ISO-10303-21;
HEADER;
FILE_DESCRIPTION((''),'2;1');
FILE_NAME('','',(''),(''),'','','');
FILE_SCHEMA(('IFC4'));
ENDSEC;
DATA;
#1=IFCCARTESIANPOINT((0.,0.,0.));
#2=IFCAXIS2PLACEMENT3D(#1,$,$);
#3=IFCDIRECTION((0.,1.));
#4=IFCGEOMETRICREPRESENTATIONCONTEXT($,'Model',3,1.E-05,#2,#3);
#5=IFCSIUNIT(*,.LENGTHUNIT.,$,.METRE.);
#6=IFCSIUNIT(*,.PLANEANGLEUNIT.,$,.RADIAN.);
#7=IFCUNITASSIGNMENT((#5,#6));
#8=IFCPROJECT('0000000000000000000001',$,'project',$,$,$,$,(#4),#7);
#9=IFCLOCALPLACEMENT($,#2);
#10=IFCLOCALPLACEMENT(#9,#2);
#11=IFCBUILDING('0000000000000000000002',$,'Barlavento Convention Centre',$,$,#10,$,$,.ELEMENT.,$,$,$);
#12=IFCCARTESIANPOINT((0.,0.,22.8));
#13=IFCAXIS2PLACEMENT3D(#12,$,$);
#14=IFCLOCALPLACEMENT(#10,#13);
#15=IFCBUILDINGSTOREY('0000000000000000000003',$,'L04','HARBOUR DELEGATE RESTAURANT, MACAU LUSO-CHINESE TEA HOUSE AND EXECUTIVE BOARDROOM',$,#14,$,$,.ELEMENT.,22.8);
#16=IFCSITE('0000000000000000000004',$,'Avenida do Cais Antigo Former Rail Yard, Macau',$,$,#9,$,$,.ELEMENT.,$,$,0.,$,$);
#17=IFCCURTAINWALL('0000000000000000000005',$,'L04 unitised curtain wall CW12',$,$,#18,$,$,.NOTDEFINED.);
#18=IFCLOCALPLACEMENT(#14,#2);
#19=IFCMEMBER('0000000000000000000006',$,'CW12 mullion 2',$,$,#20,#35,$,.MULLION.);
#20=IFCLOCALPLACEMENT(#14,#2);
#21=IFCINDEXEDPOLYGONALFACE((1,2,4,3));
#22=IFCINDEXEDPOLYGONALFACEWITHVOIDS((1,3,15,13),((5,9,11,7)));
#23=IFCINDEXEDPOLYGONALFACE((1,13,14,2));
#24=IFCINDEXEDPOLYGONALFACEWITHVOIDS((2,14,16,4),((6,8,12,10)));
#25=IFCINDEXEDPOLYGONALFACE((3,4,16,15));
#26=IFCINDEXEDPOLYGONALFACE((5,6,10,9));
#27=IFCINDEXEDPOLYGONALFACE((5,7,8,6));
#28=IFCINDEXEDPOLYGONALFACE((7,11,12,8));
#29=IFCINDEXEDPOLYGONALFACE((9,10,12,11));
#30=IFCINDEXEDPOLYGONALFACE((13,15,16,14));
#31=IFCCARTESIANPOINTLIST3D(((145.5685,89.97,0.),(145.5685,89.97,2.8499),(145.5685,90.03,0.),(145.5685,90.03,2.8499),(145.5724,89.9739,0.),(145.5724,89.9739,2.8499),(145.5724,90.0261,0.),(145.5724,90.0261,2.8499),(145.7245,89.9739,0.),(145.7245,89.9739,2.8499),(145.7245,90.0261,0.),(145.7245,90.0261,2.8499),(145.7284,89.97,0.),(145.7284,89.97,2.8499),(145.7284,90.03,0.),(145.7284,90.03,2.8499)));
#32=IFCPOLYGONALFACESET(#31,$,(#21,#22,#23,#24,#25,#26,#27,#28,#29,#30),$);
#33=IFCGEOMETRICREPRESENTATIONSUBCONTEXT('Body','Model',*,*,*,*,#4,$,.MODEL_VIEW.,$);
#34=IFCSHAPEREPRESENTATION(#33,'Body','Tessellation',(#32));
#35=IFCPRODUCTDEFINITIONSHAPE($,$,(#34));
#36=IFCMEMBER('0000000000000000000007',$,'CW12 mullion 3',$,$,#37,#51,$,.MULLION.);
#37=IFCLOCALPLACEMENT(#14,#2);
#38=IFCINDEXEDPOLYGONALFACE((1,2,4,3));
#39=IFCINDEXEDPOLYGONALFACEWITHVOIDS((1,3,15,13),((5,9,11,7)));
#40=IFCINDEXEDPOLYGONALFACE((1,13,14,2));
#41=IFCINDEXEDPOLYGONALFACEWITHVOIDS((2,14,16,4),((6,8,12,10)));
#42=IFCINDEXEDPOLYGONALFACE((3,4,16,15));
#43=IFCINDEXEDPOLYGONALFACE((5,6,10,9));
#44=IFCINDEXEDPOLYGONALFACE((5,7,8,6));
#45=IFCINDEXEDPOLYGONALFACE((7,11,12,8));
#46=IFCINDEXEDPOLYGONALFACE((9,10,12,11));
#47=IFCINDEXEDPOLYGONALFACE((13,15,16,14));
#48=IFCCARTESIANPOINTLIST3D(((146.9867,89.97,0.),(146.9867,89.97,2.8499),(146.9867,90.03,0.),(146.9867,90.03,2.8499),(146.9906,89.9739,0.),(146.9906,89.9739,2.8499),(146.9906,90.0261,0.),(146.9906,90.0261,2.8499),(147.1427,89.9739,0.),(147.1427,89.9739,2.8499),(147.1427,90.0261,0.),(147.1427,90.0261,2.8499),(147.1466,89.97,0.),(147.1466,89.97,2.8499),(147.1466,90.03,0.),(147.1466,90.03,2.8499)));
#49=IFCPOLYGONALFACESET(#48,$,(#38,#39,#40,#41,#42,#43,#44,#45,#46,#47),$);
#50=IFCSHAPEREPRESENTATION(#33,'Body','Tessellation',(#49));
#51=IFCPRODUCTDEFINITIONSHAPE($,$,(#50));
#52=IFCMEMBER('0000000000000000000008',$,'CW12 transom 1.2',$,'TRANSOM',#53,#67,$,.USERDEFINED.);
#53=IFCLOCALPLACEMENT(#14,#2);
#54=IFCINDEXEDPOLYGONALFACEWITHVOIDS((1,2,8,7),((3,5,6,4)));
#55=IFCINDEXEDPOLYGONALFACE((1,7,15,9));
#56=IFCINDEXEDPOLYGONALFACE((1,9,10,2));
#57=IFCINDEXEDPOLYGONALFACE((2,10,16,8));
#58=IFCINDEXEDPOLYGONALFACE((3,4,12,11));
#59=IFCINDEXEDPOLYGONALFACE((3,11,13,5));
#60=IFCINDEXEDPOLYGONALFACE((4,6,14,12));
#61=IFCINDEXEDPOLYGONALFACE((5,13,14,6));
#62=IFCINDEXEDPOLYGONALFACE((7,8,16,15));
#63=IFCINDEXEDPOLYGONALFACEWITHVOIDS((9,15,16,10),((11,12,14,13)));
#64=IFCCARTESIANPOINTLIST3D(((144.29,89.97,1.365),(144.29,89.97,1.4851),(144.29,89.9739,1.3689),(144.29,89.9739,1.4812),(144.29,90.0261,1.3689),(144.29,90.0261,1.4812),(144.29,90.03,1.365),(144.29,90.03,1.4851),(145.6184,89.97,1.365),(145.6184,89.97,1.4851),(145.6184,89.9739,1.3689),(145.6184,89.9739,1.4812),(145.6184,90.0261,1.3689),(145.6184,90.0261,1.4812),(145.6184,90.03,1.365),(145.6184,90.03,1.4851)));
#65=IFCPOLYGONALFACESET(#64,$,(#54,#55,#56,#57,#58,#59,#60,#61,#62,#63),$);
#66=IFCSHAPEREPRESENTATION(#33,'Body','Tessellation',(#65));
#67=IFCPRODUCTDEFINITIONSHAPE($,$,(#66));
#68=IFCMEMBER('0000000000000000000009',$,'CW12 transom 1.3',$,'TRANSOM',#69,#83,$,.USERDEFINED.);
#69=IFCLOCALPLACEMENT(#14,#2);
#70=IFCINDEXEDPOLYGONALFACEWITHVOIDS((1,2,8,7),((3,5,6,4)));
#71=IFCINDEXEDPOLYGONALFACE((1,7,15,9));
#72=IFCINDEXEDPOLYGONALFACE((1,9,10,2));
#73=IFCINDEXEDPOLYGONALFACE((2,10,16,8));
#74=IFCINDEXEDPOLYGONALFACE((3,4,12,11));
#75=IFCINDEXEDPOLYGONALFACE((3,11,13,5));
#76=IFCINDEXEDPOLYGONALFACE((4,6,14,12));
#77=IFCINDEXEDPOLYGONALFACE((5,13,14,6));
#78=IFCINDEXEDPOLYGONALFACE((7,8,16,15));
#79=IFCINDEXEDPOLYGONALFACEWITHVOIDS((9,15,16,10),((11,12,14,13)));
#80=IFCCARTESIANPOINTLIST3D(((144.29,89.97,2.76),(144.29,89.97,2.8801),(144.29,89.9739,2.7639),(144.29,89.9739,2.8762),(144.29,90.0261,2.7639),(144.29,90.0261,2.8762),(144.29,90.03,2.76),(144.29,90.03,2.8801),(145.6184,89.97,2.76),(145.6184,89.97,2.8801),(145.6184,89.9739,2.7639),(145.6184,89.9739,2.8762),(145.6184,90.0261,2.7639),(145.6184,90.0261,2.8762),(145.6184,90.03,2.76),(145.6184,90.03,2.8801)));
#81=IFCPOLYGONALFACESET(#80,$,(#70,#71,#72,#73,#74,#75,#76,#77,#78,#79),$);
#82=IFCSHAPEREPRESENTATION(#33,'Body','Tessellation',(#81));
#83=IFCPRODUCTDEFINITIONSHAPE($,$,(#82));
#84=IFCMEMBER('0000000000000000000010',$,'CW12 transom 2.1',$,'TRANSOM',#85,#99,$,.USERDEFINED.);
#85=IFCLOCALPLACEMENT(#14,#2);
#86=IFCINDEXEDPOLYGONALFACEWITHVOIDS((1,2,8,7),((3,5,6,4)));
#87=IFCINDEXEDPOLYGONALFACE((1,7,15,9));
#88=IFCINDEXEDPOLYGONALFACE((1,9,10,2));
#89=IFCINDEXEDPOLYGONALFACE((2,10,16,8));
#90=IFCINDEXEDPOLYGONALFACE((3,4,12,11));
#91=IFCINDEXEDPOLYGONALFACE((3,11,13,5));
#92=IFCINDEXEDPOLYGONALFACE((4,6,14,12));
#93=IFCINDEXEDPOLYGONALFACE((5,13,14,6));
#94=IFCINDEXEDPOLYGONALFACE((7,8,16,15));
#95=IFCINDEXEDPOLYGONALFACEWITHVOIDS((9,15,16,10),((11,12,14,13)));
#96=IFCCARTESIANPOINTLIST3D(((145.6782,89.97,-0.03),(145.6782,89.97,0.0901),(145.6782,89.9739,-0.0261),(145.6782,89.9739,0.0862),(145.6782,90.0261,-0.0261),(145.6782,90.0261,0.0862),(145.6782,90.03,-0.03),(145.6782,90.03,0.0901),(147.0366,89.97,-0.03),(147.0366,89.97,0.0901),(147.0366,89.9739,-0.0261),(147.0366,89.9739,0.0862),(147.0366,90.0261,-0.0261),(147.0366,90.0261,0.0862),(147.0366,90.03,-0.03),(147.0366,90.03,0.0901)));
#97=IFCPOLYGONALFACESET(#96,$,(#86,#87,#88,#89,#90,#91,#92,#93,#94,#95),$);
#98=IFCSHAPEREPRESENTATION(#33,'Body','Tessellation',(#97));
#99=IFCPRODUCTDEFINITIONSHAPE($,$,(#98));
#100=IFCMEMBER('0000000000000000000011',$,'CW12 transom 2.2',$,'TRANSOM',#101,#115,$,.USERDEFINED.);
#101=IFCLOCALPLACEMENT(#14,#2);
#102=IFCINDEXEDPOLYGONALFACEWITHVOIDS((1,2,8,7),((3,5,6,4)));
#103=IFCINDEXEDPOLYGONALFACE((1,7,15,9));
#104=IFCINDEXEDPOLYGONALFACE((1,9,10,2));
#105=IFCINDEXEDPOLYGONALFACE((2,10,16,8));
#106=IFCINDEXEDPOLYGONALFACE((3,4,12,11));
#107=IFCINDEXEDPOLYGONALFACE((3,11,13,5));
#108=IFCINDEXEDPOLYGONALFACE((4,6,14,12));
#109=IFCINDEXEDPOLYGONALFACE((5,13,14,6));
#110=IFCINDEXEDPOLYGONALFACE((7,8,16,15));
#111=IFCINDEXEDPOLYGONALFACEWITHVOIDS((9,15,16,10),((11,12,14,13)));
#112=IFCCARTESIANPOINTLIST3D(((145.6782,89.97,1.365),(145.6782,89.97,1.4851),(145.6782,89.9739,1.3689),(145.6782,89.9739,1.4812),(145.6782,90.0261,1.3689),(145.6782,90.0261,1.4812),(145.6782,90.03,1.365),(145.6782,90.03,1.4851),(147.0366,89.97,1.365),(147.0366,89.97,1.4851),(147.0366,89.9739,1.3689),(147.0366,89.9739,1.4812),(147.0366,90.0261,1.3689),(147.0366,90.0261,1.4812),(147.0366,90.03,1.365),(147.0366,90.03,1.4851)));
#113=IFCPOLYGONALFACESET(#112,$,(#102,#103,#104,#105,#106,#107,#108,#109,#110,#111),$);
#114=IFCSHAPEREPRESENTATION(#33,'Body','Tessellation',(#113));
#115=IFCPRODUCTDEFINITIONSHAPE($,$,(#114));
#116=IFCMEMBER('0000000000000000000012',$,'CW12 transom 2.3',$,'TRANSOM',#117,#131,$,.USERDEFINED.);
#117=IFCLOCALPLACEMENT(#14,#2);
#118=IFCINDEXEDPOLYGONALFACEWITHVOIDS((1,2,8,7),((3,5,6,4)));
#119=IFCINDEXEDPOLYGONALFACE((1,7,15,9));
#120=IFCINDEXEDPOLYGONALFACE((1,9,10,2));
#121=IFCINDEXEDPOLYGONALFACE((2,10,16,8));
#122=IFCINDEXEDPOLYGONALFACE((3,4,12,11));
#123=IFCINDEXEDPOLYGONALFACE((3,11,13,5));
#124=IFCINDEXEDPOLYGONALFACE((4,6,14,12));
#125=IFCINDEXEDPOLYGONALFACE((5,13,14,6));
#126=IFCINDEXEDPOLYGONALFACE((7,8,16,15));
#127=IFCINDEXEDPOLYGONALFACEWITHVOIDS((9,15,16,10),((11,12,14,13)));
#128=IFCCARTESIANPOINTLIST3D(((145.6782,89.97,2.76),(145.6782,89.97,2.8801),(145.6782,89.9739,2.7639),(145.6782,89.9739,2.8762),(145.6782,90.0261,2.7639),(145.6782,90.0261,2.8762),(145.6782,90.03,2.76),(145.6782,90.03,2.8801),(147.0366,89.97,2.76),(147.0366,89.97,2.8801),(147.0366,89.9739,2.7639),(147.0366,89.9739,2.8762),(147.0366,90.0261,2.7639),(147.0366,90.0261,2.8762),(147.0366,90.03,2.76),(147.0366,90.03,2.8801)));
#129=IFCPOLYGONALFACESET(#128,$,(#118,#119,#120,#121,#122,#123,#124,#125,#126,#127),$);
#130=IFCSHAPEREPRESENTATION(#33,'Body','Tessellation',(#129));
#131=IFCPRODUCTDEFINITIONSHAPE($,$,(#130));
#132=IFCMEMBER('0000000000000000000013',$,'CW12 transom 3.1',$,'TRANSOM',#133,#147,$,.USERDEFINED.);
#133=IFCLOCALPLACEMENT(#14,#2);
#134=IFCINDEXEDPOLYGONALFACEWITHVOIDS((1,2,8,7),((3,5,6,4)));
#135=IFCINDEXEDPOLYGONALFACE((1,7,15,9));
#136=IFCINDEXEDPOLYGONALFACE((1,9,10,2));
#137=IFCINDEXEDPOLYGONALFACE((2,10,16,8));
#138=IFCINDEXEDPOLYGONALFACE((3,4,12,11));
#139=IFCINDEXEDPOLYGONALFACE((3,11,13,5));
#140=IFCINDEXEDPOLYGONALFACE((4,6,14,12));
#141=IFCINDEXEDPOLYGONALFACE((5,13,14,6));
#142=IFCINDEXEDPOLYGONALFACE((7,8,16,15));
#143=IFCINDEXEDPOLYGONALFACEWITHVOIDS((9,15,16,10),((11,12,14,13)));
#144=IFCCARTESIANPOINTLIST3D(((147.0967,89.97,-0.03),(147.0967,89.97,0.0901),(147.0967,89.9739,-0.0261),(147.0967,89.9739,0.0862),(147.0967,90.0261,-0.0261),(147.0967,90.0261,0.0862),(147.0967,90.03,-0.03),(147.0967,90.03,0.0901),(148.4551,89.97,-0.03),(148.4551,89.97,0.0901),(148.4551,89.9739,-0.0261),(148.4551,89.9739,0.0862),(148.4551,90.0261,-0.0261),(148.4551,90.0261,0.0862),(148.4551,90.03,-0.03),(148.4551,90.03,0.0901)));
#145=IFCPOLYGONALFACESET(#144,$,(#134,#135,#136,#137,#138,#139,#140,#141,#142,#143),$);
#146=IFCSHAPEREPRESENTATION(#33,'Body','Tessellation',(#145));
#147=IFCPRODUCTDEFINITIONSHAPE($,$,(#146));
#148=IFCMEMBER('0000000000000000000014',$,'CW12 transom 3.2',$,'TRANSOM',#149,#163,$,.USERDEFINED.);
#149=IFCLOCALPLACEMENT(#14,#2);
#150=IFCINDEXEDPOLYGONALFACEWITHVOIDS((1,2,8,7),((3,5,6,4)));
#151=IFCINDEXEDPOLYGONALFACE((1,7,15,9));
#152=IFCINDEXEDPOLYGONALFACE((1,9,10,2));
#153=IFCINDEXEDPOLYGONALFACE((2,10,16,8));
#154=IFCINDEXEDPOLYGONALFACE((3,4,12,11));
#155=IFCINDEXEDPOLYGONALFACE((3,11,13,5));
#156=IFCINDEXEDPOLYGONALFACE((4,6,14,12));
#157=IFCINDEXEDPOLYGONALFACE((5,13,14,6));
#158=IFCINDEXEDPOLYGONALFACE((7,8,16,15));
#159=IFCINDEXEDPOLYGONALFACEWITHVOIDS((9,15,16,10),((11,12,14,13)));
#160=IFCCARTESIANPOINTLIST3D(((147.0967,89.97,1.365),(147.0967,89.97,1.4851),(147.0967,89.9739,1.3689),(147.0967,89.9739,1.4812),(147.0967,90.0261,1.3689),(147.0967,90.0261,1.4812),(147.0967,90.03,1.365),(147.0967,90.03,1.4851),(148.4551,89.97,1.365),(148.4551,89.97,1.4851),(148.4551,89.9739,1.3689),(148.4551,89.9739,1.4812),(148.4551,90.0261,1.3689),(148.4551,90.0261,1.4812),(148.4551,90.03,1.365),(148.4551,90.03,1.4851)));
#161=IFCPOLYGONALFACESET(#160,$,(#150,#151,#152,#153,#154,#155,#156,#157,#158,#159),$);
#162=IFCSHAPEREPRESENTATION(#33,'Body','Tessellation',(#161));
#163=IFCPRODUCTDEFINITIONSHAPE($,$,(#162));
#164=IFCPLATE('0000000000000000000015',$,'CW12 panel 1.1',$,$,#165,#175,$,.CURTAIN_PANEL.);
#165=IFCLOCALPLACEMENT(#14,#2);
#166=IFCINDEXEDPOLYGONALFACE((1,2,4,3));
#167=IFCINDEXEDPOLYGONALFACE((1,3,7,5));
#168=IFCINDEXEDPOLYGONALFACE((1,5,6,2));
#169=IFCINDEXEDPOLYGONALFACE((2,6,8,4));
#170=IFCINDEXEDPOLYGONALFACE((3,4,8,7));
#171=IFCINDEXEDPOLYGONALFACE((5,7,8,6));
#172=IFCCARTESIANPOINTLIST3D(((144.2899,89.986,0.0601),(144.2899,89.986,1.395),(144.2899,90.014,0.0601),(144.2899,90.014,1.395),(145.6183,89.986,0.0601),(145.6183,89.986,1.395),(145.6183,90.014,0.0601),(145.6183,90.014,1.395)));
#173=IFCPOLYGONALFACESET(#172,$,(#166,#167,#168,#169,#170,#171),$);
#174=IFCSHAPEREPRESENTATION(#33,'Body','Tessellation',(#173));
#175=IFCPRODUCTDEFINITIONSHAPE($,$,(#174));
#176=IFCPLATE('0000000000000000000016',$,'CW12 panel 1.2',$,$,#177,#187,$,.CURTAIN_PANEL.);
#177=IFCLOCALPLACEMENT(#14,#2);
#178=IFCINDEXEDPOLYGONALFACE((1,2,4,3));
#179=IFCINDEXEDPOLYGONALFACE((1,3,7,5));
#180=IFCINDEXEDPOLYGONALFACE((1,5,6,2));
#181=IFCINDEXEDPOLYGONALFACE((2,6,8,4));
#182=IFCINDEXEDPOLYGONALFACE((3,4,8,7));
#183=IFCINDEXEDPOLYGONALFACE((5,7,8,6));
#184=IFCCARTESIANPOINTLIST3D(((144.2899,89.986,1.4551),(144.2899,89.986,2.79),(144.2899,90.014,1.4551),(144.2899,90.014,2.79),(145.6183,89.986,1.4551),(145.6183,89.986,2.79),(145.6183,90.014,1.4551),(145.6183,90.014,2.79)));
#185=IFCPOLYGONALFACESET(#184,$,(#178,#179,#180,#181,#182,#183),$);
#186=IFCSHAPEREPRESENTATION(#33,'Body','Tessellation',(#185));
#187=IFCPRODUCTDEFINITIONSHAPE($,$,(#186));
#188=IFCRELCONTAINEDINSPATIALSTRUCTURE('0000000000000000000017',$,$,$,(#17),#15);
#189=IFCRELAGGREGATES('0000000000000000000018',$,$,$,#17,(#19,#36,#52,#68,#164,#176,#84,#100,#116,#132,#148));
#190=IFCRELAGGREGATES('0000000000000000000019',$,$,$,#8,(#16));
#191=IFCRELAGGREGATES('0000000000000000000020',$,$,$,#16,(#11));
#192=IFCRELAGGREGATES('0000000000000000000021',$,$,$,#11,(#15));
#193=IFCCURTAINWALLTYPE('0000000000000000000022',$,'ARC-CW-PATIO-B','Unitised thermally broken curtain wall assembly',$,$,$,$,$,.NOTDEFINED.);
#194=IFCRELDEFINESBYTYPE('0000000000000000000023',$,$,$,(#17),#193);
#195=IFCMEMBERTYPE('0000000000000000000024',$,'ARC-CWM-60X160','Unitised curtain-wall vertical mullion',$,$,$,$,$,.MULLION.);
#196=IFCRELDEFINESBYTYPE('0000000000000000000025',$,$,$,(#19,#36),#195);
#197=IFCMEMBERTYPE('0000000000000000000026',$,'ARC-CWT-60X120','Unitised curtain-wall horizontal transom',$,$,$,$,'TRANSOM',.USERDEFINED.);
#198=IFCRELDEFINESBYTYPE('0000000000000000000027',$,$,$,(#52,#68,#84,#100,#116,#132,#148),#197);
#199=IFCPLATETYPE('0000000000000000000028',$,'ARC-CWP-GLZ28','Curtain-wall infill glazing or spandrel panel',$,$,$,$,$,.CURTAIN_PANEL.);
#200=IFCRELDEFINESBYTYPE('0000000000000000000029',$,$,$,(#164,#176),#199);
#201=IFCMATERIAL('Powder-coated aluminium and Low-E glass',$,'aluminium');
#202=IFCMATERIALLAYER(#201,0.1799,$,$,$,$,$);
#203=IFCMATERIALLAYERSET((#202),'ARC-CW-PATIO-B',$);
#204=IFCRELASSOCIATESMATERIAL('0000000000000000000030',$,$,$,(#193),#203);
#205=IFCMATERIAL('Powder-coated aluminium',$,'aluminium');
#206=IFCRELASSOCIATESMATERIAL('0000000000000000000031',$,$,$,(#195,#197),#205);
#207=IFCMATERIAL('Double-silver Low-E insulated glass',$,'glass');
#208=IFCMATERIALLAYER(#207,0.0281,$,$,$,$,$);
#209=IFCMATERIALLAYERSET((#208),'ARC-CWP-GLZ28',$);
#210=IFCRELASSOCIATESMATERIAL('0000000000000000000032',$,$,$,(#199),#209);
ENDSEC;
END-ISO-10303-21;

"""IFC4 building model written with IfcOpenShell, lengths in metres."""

from ifc_helpers import new_model, si_unit, direction, frame, origin, origin_2d, place, context, subcontext, project, spatial, rectangle, hollow_rectangle, extrude, material, layer, layer_set, material_profile, profile_set, type_object, element, aggregate, save


model = new_model("IFC4")

# Units and contexts
model_context = context("Model", 3, precision=1e-05, world=origin(), true_north=direction((0.0, 1.0)))
body_context = subcontext(model_context, "Body", "Model", "MODEL_VIEW")
ifc_project = project(units=[si_unit("LENGTHUNIT", "METRE"), si_unit("PLANEANGLEUNIT", "RADIAN")], contexts=[model_context])

# Site, building, storey
site_placement = place(None, origin())
site = spatial("IfcSite", under=ifc_project, at=site_placement, Name="Avenida do Cais Antigo Former Rail Yard, Macau", CompositionType="ELEMENT", RefElevation=0.0)
building_placement = place(site_placement, origin())
building = spatial("IfcBuilding", under=site, at=building_placement, Name="Barlavento Convention Centre", CompositionType="ELEMENT")
storey_placement = place(building_placement, frame((0.0, 0.0, 22.8)))
storey = spatial("IfcBuildingStorey", under=building, at=storey_placement, Name="L04", Description="HARBOUR DELEGATE RESTAURANT, MACAU LUSO-CHINESE TEA HOUSE AND EXECUTIVE BOARDROOM", CompositionType="ELEMENT", Elevation=22.8)

# Curtain wall, members, plates
ifc_material_1 = material(Name="Powder-coated aluminium and Low-E glass", Category="aluminium")
ifc_layer_1 = layer(ifc_material_1, 0.1799)
ifc_layer_set_1 = layer_set([ifc_layer_1], Name="ARC-CW-PATIO-B")
curtain_wall_type = type_object("IfcCurtainWallType", Name="ARC-CW-PATIO-B", Description="Unitised thermally broken curtain wall assembly", PredefinedType="NOTDEFINED", material=ifc_layer_set_1)
curtain_wall_placement = place(storey_placement, origin())
curtain_wall = element("IfcCurtainWall", 1, at=curtain_wall_placement, inside=storey, type_object=curtain_wall_type, Name="L04 unitised curtain wall CW12", PredefinedType="NOTDEFINED")
ifc_material_2 = material(Name="Powder-coated aluminium", Category="aluminium")
ifc_material_profile_1 = material_profile(ifc_material_2, hollow_rectangle(XDim=0.0601, YDim=0.1599, WallThickness=0.0039, at=origin_2d()), Name="AL-MULL 60x160x4")
ifc_profile_set_1 = profile_set([ifc_material_profile_1], Name="Powder-coated aluminium")
member_type_1 = type_object("IfcMemberType", Name="ARC-CWM-60X160", Description="Unitised curtain-wall vertical mullion", PredefinedType="MULLION", material=ifc_profile_set_1)
member_1_placement = place(storey_placement, frame((145.6484, 90.0, 0.0), z_axis=(0.0, 0.0, 1.0), x_axis=(0.0, 1.0, 0.0)))
member_1 = element("IfcMember", 2, at=member_1_placement, type_object=member_type_1, Name="CW12 mullion 2", PredefinedType="MULLION", context=body_context, shape_type="SweptSolid", body=[
    extrude(hollow_rectangle(XDim=0.0601, YDim=0.1599, WallThickness=0.0039, at=origin_2d()), origin(), (0.0, 0.0, 1.0), 2.8499),
])
member_2_placement = place(storey_placement, frame((147.0667, 90.0, 0.0), z_axis=(0.0, 0.0, 1.0), x_axis=(0.0, 1.0, 0.0)))
member_2 = element("IfcMember", 3, at=member_2_placement, type_object=member_type_1, Name="CW12 mullion 3", PredefinedType="MULLION", context=body_context, shape_type="SweptSolid", body=[
    extrude(hollow_rectangle(XDim=0.0601, YDim=0.1599, WallThickness=0.0039, at=origin_2d()), origin(), (0.0, 0.0, 1.0), 2.8499),
])
ifc_material_profile_2 = material_profile(ifc_material_2, hollow_rectangle(XDim=0.0601, YDim=0.1201, WallThickness=0.0039, at=origin_2d()), Name="AL-TRAN 60x120x4")
ifc_profile_set_2 = profile_set([ifc_material_profile_2], Name="Powder-coated aluminium")
member_type_2 = type_object("IfcMemberType", Name="ARC-CWT-60X120", Description="Unitised curtain-wall horizontal transom", ElementType="TRANSOM", PredefinedType="USERDEFINED", material=ifc_profile_set_2)
member_3_placement = place(storey_placement, frame((144.29, 90.0, 1.425), z_axis=(1.0, 0.0, 0.0), x_axis=(0.0, 1.0, 0.0)))
member_3 = element("IfcMember", 4, at=member_3_placement, type_object=member_type_2, Name="CW12 transom 1.2", ObjectType="TRANSOM", PredefinedType="USERDEFINED", context=body_context, shape_type="SweptSolid", body=[
    extrude(hollow_rectangle(XDim=0.0601, YDim=0.1201, WallThickness=0.0039, at=origin_2d()), origin(), (0.0, 0.0, 1.0), 1.3284),
])
member_4_placement = place(storey_placement, frame((144.29, 90.0, 2.8201), z_axis=(1.0, 0.0, 0.0), x_axis=(0.0, 1.0, 0.0)))
member_4 = element("IfcMember", 5, at=member_4_placement, type_object=member_type_2, Name="CW12 transom 1.3", ObjectType="TRANSOM", PredefinedType="USERDEFINED", context=body_context, shape_type="SweptSolid", body=[
    extrude(hollow_rectangle(XDim=0.0601, YDim=0.1201, WallThickness=0.0039, at=origin_2d()), origin(), (0.0, 0.0, 1.0), 1.3284),
])
member_5_placement = place(storey_placement, frame((145.6782, 90.0, 0.03), z_axis=(1.0, 0.0, 0.0), x_axis=(0.0, 1.0, 0.0)))
member_5 = element("IfcMember", 6, at=member_5_placement, type_object=member_type_2, Name="CW12 transom 2.1", ObjectType="TRANSOM", PredefinedType="USERDEFINED", context=body_context, shape_type="SweptSolid", body=[
    extrude(hollow_rectangle(XDim=0.0601, YDim=0.1201, WallThickness=0.0039, at=origin_2d()), origin(), (0.0, 0.0, 1.0), 1.3584),
])
member_6_placement = place(storey_placement, frame((145.6782, 90.0, 1.425), z_axis=(1.0, 0.0, 0.0), x_axis=(0.0, 1.0, 0.0)))
member_6 = element("IfcMember", 7, at=member_6_placement, type_object=member_type_2, Name="CW12 transom 2.2", ObjectType="TRANSOM", PredefinedType="USERDEFINED", context=body_context, shape_type="SweptSolid", body=[
    extrude(hollow_rectangle(XDim=0.0601, YDim=0.1201, WallThickness=0.0039, at=origin_2d()), origin(), (0.0, 0.0, 1.0), 1.3584),
])
member_7_placement = place(storey_placement, frame((145.6782, 90.0, 2.8201), z_axis=(1.0, 0.0, 0.0), x_axis=(0.0, 1.0, 0.0)))
member_7 = element("IfcMember", 8, at=member_7_placement, type_object=member_type_2, Name="CW12 transom 2.3", ObjectType="TRANSOM", PredefinedType="USERDEFINED", context=body_context, shape_type="SweptSolid", body=[
    extrude(hollow_rectangle(XDim=0.0601, YDim=0.1201, WallThickness=0.0039, at=origin_2d()), origin(), (0.0, 0.0, 1.0), 1.3584),
])
member_8_placement = place(storey_placement, frame((147.0967, 90.0, 0.03), z_axis=(1.0, 0.0, 0.0), x_axis=(0.0, 1.0, 0.0)))
member_8 = element("IfcMember", 9, at=member_8_placement, type_object=member_type_2, Name="CW12 transom 3.1", ObjectType="TRANSOM", PredefinedType="USERDEFINED", context=body_context, shape_type="SweptSolid", body=[
    extrude(hollow_rectangle(XDim=0.0601, YDim=0.1201, WallThickness=0.0039, at=origin_2d()), origin(), (0.0, 0.0, 1.0), 1.3584),
])
member_9_placement = place(storey_placement, frame((147.0967, 90.0, 1.425), z_axis=(1.0, 0.0, 0.0), x_axis=(0.0, 1.0, 0.0)))
member_9 = element("IfcMember", 10, at=member_9_placement, type_object=member_type_2, Name="CW12 transom 3.2", ObjectType="TRANSOM", PredefinedType="USERDEFINED", context=body_context, shape_type="SweptSolid", body=[
    extrude(hollow_rectangle(XDim=0.0601, YDim=0.1201, WallThickness=0.0039, at=origin_2d()), origin(), (0.0, 0.0, 1.0), 1.3584),
])
ifc_material_3 = material(Name="Double-silver Low-E insulated glass", Category="glass")
ifc_layer_2 = layer(ifc_material_3, 0.0281)
ifc_layer_set_2 = layer_set([ifc_layer_2], Name="ARC-CWP-GLZ28")
plate_type = type_object("IfcPlateType", Name="ARC-CWP-GLZ28", Description="Curtain-wall infill glazing or spandrel panel", PredefinedType="CURTAIN_PANEL", material=ifc_layer_set_2)
plate_1_placement = place(storey_placement, frame((144.9541, 90.0, 0.0601), z_axis=(0.0, 0.0, 1.0), x_axis=(1.0, 0.0, 0.0)))
plate_1 = element("IfcPlate", 11, at=plate_1_placement, type_object=plate_type, Name="CW12 panel 1.1", PredefinedType="CURTAIN_PANEL", context=body_context, shape_type="SweptSolid", body=[
    extrude(rectangle(XDim=1.3284, YDim=0.0281, at=origin_2d()), origin(), (0.0, 0.0, 1.0), 1.335),
])
plate_2_placement = place(storey_placement, frame((144.9541, 90.0, 1.4551), z_axis=(0.0, 0.0, 1.0), x_axis=(1.0, 0.0, 0.0)))
plate_2 = element("IfcPlate", 12, at=plate_2_placement, type_object=plate_type, Name="CW12 panel 1.2", PredefinedType="CURTAIN_PANEL", context=body_context, shape_type="SweptSolid", body=[
    extrude(rectangle(XDim=1.3284, YDim=0.0281, at=origin_2d()), origin(), (0.0, 0.0, 1.0), 1.335),
])
aggregate(curtain_wall, [member_1, member_2, member_3, member_4, plate_1, plate_2, member_5, member_6, member_7, member_8, member_9])

save(model, "model.ifc")
